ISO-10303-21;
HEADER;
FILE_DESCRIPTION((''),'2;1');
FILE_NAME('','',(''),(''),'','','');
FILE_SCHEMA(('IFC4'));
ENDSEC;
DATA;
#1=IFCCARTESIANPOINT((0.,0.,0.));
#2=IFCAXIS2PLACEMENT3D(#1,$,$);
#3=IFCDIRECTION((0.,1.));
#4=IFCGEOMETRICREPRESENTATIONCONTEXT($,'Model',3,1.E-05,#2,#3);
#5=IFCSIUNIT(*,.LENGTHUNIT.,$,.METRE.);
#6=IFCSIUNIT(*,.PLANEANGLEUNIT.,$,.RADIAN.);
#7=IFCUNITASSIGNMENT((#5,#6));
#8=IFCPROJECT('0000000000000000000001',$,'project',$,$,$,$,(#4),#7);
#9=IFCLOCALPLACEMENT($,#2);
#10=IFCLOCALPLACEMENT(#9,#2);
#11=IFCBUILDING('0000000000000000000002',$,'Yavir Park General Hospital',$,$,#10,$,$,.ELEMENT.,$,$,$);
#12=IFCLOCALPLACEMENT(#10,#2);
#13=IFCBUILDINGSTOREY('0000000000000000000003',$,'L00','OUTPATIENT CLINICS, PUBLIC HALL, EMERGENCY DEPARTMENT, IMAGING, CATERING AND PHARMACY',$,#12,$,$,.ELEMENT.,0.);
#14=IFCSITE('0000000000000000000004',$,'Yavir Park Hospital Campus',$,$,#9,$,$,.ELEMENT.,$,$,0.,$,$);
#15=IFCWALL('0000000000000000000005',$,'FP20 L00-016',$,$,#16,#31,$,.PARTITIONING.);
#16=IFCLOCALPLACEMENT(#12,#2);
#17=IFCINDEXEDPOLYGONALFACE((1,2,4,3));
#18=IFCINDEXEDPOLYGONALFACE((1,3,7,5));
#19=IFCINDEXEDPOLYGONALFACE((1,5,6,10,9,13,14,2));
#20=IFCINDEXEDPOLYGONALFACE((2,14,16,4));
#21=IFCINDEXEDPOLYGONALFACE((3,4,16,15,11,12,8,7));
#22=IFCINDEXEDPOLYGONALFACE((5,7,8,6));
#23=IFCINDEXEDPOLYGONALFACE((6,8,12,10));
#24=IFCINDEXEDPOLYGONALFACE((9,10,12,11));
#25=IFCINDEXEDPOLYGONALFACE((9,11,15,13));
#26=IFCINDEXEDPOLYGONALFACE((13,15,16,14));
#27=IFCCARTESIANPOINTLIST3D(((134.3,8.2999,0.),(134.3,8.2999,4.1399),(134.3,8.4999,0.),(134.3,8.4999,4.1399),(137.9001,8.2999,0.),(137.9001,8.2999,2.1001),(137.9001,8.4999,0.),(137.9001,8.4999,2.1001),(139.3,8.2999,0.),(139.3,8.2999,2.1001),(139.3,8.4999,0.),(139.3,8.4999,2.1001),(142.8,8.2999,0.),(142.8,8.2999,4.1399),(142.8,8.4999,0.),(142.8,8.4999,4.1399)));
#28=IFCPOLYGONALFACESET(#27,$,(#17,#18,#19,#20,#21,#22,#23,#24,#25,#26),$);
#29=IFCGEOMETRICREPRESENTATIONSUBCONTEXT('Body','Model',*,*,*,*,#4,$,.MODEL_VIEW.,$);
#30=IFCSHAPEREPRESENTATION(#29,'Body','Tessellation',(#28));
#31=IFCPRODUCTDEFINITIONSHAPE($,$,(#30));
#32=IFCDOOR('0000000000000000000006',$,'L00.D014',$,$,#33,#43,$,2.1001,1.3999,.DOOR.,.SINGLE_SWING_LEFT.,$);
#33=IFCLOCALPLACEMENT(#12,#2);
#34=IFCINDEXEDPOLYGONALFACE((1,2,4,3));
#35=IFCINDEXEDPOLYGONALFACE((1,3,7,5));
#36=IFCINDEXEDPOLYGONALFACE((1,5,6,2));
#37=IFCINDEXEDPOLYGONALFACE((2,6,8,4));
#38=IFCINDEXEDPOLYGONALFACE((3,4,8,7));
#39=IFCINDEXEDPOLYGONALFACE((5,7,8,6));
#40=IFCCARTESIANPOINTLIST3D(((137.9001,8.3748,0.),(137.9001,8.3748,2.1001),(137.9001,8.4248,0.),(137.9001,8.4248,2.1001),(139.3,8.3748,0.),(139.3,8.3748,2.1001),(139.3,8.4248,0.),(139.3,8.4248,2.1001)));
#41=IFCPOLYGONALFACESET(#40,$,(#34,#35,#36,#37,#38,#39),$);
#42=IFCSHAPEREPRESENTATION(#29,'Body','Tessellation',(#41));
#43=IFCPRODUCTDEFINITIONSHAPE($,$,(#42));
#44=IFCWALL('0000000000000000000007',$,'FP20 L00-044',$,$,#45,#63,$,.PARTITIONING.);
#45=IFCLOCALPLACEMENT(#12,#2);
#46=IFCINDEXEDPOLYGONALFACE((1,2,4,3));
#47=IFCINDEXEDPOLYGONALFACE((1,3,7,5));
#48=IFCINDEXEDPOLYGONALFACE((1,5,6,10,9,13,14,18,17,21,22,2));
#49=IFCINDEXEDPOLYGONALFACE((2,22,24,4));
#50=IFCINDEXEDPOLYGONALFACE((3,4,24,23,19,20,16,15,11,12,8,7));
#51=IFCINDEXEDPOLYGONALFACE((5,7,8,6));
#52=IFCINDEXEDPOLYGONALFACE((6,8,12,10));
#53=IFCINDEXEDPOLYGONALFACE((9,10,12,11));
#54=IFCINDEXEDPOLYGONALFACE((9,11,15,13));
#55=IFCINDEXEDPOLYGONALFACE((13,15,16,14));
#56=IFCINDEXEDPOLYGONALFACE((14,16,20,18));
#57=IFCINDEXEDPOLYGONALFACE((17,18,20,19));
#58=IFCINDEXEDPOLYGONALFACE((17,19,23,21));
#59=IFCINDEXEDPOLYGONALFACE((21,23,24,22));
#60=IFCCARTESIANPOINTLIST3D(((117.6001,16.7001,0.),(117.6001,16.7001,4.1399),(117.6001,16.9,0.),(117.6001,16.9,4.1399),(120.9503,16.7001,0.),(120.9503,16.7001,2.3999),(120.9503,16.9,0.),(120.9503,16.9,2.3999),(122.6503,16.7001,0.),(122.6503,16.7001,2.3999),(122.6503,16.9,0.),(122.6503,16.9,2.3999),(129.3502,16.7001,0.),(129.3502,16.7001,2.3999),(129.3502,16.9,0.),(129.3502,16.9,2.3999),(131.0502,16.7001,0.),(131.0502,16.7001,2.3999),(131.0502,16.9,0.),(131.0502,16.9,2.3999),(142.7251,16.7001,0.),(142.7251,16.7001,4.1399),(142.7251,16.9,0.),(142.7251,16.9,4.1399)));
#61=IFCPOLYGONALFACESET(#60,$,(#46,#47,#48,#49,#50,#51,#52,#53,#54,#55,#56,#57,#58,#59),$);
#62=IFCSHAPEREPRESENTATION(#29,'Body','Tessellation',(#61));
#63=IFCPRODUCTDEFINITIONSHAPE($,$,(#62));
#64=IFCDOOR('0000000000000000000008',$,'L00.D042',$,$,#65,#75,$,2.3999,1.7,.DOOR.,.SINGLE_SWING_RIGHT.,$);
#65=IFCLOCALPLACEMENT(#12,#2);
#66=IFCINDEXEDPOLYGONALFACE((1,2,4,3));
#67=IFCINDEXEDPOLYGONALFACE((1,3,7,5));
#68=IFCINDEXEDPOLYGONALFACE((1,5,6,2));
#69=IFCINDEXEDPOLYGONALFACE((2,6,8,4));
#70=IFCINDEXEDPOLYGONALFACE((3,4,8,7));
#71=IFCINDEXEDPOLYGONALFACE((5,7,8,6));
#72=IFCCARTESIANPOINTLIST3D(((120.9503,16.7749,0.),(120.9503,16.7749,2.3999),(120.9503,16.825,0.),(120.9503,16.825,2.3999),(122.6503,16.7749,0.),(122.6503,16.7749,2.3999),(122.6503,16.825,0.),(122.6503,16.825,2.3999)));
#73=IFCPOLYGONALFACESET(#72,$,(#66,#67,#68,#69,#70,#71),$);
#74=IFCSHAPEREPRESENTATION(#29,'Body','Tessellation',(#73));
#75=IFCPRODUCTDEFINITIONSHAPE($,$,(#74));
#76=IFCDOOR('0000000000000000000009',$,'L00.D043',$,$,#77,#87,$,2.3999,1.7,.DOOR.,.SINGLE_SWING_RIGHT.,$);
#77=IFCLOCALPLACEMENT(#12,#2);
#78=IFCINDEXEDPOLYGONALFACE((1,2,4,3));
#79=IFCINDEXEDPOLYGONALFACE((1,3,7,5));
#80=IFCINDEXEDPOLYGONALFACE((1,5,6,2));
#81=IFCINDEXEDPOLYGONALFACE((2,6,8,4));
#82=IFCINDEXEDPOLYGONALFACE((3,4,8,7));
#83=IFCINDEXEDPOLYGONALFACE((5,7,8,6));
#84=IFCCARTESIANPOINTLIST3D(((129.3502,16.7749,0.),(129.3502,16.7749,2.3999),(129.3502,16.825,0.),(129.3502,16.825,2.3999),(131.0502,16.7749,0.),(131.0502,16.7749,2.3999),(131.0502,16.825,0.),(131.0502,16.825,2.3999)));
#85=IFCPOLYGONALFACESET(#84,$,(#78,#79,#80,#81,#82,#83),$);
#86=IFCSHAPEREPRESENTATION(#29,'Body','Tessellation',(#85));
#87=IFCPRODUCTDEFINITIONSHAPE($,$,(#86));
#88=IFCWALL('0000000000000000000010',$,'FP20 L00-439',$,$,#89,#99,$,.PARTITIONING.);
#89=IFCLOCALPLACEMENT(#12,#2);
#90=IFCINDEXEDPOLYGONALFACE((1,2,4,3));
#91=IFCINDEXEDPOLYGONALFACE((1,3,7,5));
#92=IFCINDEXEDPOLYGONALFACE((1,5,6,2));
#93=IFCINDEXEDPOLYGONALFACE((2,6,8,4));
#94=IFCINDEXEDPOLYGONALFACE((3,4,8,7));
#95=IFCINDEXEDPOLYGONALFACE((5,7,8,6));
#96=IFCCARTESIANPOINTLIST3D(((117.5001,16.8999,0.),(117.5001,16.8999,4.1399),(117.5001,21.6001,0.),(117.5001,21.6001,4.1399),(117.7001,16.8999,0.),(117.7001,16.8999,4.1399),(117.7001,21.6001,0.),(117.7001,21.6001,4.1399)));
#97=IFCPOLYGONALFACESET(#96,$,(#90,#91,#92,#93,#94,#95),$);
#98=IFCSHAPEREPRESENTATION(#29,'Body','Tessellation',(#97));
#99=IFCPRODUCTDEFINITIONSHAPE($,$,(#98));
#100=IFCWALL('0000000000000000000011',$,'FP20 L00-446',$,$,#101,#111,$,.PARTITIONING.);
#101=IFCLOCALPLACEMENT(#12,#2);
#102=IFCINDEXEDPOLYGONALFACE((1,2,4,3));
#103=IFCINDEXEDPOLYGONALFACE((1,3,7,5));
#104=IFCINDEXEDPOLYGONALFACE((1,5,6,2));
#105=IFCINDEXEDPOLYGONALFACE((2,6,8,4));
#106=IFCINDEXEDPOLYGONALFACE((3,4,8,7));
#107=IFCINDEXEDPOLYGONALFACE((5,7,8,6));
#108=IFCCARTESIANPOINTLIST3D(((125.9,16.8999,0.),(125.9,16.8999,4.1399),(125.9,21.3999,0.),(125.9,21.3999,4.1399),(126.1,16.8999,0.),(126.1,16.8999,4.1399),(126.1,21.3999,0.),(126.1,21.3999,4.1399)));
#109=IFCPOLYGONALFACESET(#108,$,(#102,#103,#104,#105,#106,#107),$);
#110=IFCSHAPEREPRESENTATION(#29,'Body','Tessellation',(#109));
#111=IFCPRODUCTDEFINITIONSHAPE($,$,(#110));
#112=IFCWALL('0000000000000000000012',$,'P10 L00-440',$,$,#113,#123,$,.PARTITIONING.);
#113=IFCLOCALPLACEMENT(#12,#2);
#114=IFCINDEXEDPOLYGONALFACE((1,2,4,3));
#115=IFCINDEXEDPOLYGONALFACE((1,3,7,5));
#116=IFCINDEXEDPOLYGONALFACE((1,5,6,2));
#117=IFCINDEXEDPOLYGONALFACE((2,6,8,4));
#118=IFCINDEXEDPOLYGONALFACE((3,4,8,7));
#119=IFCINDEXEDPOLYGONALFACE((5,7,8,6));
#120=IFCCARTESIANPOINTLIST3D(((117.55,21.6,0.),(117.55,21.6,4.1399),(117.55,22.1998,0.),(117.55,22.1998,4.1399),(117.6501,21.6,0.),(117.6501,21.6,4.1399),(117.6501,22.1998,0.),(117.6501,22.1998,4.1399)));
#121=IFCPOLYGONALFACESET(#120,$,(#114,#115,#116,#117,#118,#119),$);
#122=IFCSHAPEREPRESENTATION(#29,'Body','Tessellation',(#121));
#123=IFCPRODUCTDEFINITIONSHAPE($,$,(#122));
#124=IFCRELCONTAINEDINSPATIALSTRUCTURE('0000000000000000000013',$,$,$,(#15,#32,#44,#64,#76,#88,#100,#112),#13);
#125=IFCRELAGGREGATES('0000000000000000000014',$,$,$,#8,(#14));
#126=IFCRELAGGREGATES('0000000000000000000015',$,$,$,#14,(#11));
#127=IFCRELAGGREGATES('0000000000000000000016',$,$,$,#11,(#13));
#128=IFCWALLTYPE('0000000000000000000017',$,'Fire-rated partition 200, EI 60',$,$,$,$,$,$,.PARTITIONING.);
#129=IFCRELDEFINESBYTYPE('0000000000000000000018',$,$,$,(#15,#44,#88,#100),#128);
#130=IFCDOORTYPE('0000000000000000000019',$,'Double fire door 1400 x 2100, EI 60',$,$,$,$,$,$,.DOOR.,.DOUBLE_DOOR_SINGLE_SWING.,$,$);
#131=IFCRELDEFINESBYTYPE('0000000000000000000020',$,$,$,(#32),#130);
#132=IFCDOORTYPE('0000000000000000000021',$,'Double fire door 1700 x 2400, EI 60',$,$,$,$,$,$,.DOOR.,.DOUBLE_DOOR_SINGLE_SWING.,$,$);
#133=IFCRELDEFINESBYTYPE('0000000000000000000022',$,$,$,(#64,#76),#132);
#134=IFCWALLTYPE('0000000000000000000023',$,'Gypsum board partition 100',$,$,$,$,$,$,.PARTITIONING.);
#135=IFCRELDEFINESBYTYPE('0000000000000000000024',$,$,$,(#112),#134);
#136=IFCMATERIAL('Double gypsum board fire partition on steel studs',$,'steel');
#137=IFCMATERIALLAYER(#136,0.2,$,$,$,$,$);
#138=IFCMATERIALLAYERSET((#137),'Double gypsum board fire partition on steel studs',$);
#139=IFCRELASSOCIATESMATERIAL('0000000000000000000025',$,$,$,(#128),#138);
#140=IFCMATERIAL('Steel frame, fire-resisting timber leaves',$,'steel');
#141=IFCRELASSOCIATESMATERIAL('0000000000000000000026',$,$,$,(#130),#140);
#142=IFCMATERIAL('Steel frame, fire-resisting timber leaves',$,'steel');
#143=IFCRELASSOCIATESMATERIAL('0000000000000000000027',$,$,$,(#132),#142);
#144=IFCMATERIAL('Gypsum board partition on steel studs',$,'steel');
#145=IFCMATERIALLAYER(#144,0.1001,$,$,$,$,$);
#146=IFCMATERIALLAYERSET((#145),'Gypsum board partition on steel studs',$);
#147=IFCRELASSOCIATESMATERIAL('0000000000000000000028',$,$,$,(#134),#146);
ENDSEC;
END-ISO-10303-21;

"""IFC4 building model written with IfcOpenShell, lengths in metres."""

from ifc_helpers import new_model, si_unit, direction, frame, frame_2d, origin, place, context, subcontext, project, spatial, rectangle, extrude, material, layer, layer_set, type_object, element, fill, save


model = new_model("IFC4")

# Units and contexts
model_context = context("Model", 3, precision=1e-05, world=origin(), true_north=direction((0.0, 1.0)))
body_context = subcontext(model_context, "Body", "Model", "MODEL_VIEW")
ifc_project = project(units=[si_unit("LENGTHUNIT", "METRE"), si_unit("PLANEANGLEUNIT", "RADIAN")], contexts=[model_context])

# Site, building, storey
site_placement = place(None, origin())
site = spatial("IfcSite", under=ifc_project, at=site_placement, Name="Yavir Park Hospital Campus", CompositionType="ELEMENT", RefElevation=0.0)
building_placement = place(site_placement, origin())
building = spatial("IfcBuilding", under=site, at=building_placement, Name="Yavir Park General Hospital", CompositionType="ELEMENT")
storey_placement = place(building_placement, origin())
storey = spatial("IfcBuildingStorey", under=building, at=storey_placement, Name="L00", Description="OUTPATIENT CLINICS, PUBLIC HALL, EMERGENCY DEPARTMENT, IMAGING, CATERING AND PHARMACY", CompositionType="ELEMENT", Elevation=0.0)

# Wall, opening, door
ifc_material_1 = material(Name="Double gypsum board fire partition on steel studs", Category="steel")
ifc_layer_1 = layer(ifc_material_1, 0.2)
ifc_layer_set_1 = layer_set([ifc_layer_1], Name="Double gypsum board fire partition on steel studs")
wall_type_1 = type_object("IfcWallType", Name="Fire-rated partition 200, EI 60", PredefinedType="PARTITIONING", material=ifc_layer_set_1)
wall_1_placement = place(storey_placement, frame((134.3, 8.3999, 0.0), z_axis=(0.0, 0.0, 1.0), x_axis=(1.0, 0.0, 0.0)))
wall_1 = element("IfcWall", 1, at=wall_1_placement, inside=storey, type_object=wall_type_1, Name="FP20 L00-016", PredefinedType="PARTITIONING", context=body_context, shape_type="SweptSolid", body=[
    extrude(rectangle(XDim=8.5, YDim=0.2, at=frame_2d((4.25, 0.0))), origin(), (0.0, 0.0, 1.0), 4.1399),
])
opening_1_placement = place(wall_1_placement, frame((3.6001, 0.0, 0.0)))
opening_1 = element("IfcOpeningElement", 2, at=opening_1_placement, cuts=wall_1, PredefinedType="OPENING", context=body_context, shape_type="SweptSolid", body=[
    extrude(rectangle(XDim=1.3999, YDim=2.1001, at=frame_2d((0.7, 1.05))), frame((0.0, 0.1099, 0.0), z_axis=(0.0, -1.0, 0.0), x_axis=(1.0, 0.0, 0.0)), (0.0, 0.0, 1.0), 0.22),
])
ifc_material_2 = material(Name="Steel frame, fire-resisting timber leaves", Category="steel")
door_type_1 = type_object("IfcDoorType", Name="Double fire door 1400 x 2100, EI 60", OperationType="DOUBLE_DOOR_SINGLE_SWING", PredefinedType="DOOR", material=ifc_material_2)
door_1_placement = place(opening_1_placement, origin())
door_1 = element("IfcDoor", 3, at=door_1_placement, inside=storey, type_object=door_type_1, Name="L00.D014", OperationType="SINGLE_SWING_LEFT", OverallHeight=2.1001, OverallWidth=1.3999, PredefinedType="DOOR", context=body_context, shape_type="SweptSolid", body=[
    extrude(rectangle(XDim=1.3999, YDim=2.1001, at=frame_2d((0.7, 1.05))), frame((0.0, 0.0249, 0.0), z_axis=(0.0, -1.0, 0.0), x_axis=(1.0, 0.0, 0.0)), (0.0, 0.0, 1.0), 0.05),
])
fill(opening_1, door_1)

# Wall, openings, doors
wall_2_placement = place(storey_placement, frame((117.6001, 16.8, 0.0), z_axis=(0.0, 0.0, 1.0), x_axis=(1.0, 0.0, 0.0)))
wall_2 = element("IfcWall", 4, at=wall_2_placement, inside=storey, type_object=wall_type_1, Name="FP20 L00-044", PredefinedType="PARTITIONING", context=body_context, shape_type="SweptSolid", body=[
    extrude(rectangle(XDim=25.125, YDim=0.2, at=frame_2d((12.5625, 0.0))), origin(), (0.0, 0.0, 1.0), 4.1399),
])
opening_2_placement = place(wall_2_placement, frame((3.3501, 0.0, 0.0)))
opening_2 = element("IfcOpeningElement", 5, at=opening_2_placement, cuts=wall_2, PredefinedType="OPENING", context=body_context, shape_type="SweptSolid", body=[
    extrude(rectangle(XDim=1.7, YDim=2.3999, at=frame_2d((0.8501, 1.2))), frame((0.0, 0.1099, 0.0), z_axis=(0.0, -1.0, 0.0), x_axis=(1.0, 0.0, 0.0)), (0.0, 0.0, 1.0), 0.22),
])
opening_3_placement = place(wall_2_placement, frame((11.75, 0.0, 0.0)))
opening_3 = element("IfcOpeningElement", 6, at=opening_3_placement, cuts=wall_2, PredefinedType="OPENING", context=body_context, shape_type="SweptSolid", body=[
    extrude(rectangle(XDim=1.7, YDim=2.3999, at=frame_2d((0.8501, 1.2))), frame((0.0, 0.1099, 0.0), z_axis=(0.0, -1.0, 0.0), x_axis=(1.0, 0.0, 0.0)), (0.0, 0.0, 1.0), 0.22),
])
ifc_material_3 = material(Name="Steel frame, fire-resisting timber leaves", Category="steel")
door_type_2 = type_object("IfcDoorType", Name="Double fire door 1700 x 2400, EI 60", OperationType="DOUBLE_DOOR_SINGLE_SWING", PredefinedType="DOOR", material=ifc_material_3)
door_2_placement = place(opening_2_placement, origin())
door_2 = element("IfcDoor", 7, at=door_2_placement, inside=storey, type_object=door_type_2, Name="L00.D042", OperationType="SINGLE_SWING_RIGHT", OverallHeight=2.3999, OverallWidth=1.7, PredefinedType="DOOR", context=body_context, shape_type="SweptSolid", body=[
    extrude(rectangle(XDim=1.7, YDim=2.3999, at=frame_2d((0.8501, 1.2))), frame((0.0, 0.0249, 0.0), z_axis=(0.0, -1.0, 0.0), x_axis=(1.0, 0.0, 0.0)), (0.0, 0.0, 1.0), 0.05),
])
fill(opening_2, door_2)
door_3_placement = place(opening_3_placement, origin())
door_3 = element("IfcDoor", 8, at=door_3_placement, inside=storey, type_object=door_type_2, Name="L00.D043", OperationType="SINGLE_SWING_RIGHT", OverallHeight=2.3999, OverallWidth=1.7, PredefinedType="DOOR", context=body_context, shape_type="SweptSolid", body=[
    extrude(rectangle(XDim=1.7, YDim=2.3999, at=frame_2d((0.8501, 1.2))), frame((0.0, 0.0249, 0.0), z_axis=(0.0, -1.0, 0.0), x_axis=(1.0, 0.0, 0.0)), (0.0, 0.0, 1.0), 0.05),
])
fill(opening_3, door_3)

# Walls
wall_3_placement = place(storey_placement, frame((117.6001, 16.8999, 0.0), z_axis=(0.0, 0.0, 1.0), x_axis=(0.0, 1.0, 0.0)))
element("IfcWall", 9, at=wall_3_placement, inside=storey, type_object=wall_type_1, Name="FP20 L00-439", PredefinedType="PARTITIONING", context=body_context, shape_type="SweptSolid", body=[
    extrude(rectangle(XDim=4.7002, YDim=0.2, at=frame_2d((2.3501, 0.0))), origin(), (0.0, 0.0, 1.0), 4.1399),
])
wall_4_placement = place(storey_placement, frame((126.0, 16.8999, 0.0), z_axis=(0.0, 0.0, 1.0), x_axis=(0.0, 1.0, 0.0)))
element("IfcWall", 10, at=wall_4_placement, inside=storey, type_object=wall_type_1, Name="FP20 L00-446", PredefinedType="PARTITIONING", context=body_context, shape_type="SweptSolid", body=[
    extrude(rectangle(XDim=4.5, YDim=0.2, at=frame_2d((2.25, 0.0))), origin(), (0.0, 0.0, 1.0), 4.1399),
])
ifc_material_4 = material(Name="Gypsum board partition on steel studs", Category="steel")
ifc_layer_2 = layer(ifc_material_4, 0.1001)
ifc_layer_set_2 = layer_set([ifc_layer_2], Name="Gypsum board partition on steel studs")
wall_type_2 = type_object("IfcWallType", Name="Gypsum board partition 100", PredefinedType="PARTITIONING", material=ifc_layer_set_2)
wall_5_placement = place(storey_placement, frame((117.6001, 21.6001, 0.0), z_axis=(0.0, 0.0, 1.0), x_axis=(0.0, 1.0, 0.0)))
element("IfcWall", 11, at=wall_5_placement, inside=storey, type_object=wall_type_2, Name="P10 L00-440", PredefinedType="PARTITIONING", context=body_context, shape_type="SweptSolid", body=[
    extrude(rectangle(XDim=0.5999, YDim=0.1001, at=frame_2d((0.2998, 0.0))), origin(), (0.0, 0.0, 1.0), 4.1399),
])

save(model, "model.ifc")
